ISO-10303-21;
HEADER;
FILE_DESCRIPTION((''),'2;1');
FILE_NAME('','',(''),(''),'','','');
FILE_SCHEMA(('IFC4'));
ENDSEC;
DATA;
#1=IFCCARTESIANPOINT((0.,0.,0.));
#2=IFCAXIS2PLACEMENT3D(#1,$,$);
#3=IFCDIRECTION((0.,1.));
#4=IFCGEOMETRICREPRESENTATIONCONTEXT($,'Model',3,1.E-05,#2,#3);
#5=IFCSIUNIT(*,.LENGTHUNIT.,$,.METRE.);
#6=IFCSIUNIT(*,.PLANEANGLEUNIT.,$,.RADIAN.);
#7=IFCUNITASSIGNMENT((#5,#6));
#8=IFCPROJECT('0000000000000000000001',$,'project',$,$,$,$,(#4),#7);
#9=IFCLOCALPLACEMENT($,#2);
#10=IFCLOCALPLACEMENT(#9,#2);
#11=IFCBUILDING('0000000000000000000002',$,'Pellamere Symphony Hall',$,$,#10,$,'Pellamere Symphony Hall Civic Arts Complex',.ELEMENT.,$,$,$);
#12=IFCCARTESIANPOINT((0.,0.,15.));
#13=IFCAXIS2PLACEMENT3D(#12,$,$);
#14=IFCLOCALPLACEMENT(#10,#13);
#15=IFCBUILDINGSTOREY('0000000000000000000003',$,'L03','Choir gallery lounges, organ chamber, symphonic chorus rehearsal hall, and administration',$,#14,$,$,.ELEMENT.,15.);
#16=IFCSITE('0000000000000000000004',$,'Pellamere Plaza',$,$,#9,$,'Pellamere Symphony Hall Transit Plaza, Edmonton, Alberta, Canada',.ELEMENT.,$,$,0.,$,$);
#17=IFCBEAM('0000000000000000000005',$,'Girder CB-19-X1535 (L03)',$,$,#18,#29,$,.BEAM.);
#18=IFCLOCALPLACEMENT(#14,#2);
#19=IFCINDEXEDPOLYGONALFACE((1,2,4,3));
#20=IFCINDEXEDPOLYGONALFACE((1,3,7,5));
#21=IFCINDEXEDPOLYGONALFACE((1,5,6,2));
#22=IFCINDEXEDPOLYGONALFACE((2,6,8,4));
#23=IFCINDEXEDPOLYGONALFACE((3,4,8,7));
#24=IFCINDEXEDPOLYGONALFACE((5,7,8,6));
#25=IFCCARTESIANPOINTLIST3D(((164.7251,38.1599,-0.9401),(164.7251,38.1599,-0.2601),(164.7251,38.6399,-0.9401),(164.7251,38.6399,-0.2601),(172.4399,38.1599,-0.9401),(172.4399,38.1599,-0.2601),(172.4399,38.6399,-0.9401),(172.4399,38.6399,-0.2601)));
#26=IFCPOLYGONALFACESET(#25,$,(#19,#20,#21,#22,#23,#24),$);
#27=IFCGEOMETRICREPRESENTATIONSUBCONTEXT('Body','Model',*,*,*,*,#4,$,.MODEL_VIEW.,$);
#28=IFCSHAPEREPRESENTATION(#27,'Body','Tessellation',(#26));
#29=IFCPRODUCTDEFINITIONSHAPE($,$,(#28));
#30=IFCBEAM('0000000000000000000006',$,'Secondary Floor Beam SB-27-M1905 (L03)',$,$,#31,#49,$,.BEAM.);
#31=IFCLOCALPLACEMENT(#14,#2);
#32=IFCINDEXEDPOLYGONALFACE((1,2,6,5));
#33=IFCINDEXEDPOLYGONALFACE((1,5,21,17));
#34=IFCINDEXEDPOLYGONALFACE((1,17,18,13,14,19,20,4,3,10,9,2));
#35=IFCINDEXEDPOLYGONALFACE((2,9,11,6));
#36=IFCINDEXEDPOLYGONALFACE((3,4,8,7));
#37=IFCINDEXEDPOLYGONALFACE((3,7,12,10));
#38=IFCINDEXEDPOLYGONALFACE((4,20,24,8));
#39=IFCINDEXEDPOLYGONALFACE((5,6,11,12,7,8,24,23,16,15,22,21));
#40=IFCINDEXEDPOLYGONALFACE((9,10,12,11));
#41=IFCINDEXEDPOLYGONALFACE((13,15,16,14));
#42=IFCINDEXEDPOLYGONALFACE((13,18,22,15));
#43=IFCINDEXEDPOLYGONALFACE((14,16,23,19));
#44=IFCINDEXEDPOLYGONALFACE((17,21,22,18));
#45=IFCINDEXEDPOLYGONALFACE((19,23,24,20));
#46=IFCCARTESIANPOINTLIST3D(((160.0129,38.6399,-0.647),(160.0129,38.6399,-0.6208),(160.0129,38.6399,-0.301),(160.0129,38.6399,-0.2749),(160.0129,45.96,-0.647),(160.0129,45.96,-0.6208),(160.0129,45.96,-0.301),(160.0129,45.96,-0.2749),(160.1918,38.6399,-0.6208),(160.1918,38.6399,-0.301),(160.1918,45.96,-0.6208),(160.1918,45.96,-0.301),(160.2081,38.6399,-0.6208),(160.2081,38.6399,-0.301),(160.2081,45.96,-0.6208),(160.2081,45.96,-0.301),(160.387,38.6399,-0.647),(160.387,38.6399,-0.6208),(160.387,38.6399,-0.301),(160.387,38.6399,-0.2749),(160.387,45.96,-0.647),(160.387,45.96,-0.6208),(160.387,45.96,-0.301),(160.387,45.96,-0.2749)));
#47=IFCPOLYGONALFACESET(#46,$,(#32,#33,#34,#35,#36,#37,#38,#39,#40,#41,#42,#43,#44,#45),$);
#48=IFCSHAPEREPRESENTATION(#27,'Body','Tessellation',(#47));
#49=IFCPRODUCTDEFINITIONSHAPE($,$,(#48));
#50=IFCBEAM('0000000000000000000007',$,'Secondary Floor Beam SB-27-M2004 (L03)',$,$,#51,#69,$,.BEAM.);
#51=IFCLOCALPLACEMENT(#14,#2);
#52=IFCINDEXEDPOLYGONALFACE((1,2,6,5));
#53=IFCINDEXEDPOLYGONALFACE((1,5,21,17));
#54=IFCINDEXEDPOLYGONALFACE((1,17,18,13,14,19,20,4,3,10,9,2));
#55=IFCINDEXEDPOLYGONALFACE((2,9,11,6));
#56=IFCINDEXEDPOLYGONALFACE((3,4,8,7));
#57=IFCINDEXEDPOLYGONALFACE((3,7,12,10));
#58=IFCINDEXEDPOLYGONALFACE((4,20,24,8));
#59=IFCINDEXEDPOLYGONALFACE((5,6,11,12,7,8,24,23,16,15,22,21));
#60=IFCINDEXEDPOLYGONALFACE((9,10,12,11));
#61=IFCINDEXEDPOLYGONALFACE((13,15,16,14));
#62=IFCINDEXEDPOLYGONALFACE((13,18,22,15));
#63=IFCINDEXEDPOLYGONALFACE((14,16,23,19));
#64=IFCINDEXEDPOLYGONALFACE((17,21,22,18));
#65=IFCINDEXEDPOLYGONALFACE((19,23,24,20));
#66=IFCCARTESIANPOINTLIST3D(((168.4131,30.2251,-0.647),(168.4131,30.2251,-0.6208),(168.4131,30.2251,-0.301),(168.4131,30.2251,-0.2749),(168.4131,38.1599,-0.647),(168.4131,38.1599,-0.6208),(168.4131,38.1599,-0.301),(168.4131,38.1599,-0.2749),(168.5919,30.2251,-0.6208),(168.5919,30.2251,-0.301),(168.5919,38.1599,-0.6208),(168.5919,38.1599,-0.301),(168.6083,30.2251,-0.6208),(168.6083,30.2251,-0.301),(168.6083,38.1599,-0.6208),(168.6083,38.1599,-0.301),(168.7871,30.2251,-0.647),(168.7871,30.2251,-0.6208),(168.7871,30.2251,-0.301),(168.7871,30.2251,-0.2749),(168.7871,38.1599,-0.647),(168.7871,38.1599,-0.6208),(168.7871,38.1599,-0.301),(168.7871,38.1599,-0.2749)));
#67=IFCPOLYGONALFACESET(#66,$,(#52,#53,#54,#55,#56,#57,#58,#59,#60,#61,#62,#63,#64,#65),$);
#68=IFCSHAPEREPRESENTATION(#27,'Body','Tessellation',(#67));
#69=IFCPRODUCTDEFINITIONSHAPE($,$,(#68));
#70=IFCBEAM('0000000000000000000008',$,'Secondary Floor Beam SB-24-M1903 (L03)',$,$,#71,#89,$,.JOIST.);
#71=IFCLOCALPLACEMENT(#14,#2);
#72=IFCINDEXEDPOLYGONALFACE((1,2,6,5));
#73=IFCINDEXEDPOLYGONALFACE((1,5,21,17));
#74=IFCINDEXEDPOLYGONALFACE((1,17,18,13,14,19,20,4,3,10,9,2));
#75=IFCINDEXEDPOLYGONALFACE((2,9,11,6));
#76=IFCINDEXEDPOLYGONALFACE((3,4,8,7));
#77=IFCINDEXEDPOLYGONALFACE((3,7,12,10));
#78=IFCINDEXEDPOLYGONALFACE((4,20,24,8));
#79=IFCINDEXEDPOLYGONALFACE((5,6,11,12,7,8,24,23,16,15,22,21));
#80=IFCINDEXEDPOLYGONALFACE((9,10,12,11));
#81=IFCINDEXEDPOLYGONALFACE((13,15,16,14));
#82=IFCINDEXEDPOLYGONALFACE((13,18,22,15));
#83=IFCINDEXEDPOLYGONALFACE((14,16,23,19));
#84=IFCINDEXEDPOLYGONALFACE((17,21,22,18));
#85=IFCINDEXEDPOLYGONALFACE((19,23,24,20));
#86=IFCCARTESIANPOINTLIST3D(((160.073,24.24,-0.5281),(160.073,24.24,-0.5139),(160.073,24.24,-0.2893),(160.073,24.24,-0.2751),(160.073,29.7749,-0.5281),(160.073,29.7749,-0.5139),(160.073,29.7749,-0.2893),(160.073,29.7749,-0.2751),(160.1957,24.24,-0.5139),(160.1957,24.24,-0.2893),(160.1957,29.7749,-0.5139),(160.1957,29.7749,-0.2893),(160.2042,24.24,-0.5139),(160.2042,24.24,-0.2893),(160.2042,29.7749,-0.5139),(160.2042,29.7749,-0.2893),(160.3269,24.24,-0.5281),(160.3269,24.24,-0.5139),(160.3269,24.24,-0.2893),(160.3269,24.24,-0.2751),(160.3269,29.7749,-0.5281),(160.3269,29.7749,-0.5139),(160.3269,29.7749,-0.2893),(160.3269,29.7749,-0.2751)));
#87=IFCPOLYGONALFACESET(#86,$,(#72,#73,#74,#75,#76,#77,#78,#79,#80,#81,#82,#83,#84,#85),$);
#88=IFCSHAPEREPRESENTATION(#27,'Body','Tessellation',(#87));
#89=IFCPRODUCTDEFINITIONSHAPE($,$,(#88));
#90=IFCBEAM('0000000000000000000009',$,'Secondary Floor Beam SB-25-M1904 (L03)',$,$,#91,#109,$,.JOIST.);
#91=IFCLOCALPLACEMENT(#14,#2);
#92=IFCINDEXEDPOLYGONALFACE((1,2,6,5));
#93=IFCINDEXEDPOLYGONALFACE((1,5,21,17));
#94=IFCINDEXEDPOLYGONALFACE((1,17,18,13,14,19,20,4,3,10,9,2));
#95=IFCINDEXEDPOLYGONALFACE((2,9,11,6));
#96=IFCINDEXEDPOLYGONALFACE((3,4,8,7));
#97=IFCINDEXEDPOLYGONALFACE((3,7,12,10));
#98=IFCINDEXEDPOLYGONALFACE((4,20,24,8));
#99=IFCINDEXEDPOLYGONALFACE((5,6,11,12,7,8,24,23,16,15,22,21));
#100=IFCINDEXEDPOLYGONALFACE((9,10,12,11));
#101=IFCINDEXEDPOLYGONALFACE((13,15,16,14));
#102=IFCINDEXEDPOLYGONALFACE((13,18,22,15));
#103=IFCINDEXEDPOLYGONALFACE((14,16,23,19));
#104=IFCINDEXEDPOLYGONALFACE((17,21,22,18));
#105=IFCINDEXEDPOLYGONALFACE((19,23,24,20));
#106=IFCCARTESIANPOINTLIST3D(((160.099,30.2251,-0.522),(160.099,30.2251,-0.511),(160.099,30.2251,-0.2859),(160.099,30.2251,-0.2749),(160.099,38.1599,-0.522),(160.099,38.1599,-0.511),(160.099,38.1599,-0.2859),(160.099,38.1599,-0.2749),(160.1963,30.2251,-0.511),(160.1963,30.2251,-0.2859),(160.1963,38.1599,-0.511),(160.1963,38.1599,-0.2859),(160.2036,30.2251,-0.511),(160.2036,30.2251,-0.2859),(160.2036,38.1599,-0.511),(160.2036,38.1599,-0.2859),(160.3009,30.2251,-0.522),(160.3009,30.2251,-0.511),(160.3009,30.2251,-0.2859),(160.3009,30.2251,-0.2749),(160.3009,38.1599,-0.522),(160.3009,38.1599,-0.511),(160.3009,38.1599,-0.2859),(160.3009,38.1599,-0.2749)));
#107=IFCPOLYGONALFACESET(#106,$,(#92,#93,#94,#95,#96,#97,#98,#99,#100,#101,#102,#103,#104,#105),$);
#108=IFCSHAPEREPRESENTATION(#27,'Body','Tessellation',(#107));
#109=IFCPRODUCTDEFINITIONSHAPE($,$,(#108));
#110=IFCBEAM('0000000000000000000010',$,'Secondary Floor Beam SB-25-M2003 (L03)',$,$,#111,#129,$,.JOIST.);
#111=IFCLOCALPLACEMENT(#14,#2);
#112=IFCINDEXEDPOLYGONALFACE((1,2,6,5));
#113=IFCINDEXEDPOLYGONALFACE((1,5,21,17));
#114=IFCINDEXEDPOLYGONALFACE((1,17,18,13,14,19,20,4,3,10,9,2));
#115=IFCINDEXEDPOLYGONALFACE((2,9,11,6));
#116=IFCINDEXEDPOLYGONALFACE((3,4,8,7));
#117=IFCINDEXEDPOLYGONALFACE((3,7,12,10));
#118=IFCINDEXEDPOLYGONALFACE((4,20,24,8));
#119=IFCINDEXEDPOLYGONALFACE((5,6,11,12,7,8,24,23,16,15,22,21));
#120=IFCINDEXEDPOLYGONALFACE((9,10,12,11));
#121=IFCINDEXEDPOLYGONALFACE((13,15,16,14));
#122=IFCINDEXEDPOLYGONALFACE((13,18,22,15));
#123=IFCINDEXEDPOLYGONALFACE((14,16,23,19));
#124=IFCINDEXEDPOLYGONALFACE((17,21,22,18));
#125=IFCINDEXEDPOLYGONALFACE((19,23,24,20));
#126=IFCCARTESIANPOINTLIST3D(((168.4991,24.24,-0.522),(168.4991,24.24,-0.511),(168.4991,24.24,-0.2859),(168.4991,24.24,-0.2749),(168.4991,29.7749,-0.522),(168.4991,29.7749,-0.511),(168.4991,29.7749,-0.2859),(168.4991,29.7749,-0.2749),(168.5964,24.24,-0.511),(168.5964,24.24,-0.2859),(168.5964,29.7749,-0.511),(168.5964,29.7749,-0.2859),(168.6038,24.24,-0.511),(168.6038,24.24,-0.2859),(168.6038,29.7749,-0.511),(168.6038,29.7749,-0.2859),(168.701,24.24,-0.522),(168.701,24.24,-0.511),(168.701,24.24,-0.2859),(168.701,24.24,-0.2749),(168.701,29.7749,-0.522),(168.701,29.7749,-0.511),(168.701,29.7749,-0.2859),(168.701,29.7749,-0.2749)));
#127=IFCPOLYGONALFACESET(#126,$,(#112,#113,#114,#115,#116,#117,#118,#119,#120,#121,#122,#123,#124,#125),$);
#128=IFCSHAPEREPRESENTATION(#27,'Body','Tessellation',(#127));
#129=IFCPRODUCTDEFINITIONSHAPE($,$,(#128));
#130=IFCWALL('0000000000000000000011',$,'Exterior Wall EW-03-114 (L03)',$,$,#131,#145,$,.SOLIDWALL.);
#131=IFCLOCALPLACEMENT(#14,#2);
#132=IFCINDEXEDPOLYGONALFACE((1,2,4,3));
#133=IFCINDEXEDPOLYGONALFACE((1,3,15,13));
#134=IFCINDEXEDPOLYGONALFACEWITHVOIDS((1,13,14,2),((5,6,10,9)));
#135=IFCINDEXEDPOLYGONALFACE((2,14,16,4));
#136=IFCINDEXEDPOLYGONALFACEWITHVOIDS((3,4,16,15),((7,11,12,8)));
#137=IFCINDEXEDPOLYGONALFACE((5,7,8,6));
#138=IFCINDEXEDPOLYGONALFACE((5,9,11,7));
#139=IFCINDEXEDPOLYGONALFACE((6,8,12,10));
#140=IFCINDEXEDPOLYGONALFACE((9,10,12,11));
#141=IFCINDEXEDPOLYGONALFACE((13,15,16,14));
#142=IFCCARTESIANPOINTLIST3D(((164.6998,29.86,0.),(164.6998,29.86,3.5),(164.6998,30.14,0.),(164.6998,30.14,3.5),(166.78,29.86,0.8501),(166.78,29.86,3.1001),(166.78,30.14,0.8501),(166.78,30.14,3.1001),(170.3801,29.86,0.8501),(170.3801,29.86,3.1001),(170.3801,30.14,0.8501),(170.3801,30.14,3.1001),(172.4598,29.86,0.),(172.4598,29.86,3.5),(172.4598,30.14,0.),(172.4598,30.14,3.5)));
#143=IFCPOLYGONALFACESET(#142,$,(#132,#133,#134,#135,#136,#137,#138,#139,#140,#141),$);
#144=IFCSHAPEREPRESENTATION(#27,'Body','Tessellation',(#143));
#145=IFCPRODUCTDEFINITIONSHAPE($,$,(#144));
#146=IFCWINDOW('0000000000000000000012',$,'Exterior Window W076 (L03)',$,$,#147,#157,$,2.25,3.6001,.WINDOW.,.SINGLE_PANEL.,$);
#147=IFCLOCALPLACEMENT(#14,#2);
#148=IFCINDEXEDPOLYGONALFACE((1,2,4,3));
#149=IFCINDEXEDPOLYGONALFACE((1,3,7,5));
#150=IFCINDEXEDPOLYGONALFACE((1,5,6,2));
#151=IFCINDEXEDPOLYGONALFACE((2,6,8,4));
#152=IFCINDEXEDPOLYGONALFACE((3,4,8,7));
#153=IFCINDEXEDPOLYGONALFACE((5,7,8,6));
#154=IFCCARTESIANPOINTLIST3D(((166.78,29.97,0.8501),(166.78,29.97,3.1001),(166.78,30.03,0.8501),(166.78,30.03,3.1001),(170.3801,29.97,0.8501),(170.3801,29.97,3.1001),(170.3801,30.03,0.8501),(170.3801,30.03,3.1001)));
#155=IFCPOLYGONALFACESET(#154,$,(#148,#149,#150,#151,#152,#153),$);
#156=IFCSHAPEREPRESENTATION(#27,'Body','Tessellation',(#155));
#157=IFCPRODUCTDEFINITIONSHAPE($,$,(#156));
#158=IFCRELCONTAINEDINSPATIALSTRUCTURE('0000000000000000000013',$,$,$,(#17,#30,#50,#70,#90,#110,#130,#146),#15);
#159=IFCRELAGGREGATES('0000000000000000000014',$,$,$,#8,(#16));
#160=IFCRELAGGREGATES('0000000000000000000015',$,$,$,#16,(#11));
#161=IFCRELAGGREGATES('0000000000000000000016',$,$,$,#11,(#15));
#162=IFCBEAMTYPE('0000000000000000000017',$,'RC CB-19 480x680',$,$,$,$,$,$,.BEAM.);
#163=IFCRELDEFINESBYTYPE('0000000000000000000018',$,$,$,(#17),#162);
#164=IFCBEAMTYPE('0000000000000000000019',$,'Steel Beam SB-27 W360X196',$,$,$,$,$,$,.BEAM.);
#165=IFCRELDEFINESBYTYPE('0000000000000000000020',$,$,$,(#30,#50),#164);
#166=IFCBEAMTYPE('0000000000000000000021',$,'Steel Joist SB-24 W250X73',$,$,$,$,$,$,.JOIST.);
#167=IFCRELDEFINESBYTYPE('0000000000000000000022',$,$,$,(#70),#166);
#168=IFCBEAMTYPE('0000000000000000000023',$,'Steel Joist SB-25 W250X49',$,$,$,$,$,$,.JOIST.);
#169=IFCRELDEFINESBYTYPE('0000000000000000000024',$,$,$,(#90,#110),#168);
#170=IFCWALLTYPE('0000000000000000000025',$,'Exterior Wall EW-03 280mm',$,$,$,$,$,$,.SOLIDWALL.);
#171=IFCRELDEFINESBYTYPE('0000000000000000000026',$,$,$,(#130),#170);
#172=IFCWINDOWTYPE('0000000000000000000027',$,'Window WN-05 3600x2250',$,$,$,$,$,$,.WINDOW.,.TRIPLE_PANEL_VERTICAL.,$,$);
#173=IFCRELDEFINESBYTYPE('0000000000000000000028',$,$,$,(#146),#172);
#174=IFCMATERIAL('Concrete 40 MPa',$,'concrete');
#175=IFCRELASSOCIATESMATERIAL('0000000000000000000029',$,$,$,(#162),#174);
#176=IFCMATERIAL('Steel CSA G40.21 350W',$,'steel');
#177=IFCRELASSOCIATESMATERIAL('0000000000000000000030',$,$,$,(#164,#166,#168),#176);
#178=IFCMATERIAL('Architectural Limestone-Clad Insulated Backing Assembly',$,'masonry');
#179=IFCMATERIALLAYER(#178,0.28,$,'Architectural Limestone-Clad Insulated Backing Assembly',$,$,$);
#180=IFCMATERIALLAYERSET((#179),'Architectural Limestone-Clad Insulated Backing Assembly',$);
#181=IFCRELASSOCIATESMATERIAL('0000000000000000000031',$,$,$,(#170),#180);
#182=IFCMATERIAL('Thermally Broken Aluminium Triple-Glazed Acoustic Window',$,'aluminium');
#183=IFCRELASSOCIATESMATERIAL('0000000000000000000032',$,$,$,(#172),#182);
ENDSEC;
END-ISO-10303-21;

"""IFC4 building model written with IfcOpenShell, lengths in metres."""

from ifc_helpers import new_model, si_unit, direction, frame, frame_2d, origin, origin_2d, place, context, subcontext, project, spatial, rectangle, i_section, extrude, material, layer, layer_set, material_profile, profile_set, type_object, element, fill, save


model = new_model("IFC4")

# Units and contexts
model_context = context("Model", 3, precision=1e-05, world=origin(), true_north=direction((0.0, 1.0)))
body_context = subcontext(model_context, "Body", "Model", "MODEL_VIEW")
ifc_project = project(units=[si_unit("LENGTHUNIT", "METRE"), si_unit("PLANEANGLEUNIT", "RADIAN")], contexts=[model_context])

# Site, building, storey
site_placement = place(None, origin())
site = spatial("IfcSite", under=ifc_project, at=site_placement, Name="Pellamere Plaza", LongName="Pellamere Symphony Hall Transit Plaza, Edmonton, Alberta, Canada", CompositionType="ELEMENT", RefElevation=0.0)
building_placement = place(site_placement, origin())
building = spatial("IfcBuilding", under=site, at=building_placement, Name="Pellamere Symphony Hall", LongName="Pellamere Symphony Hall Civic Arts Complex", CompositionType="ELEMENT")
storey_placement = place(building_placement, frame((0.0, 0.0, 15.0)))
storey = spatial("IfcBuildingStorey", under=building, at=storey_placement, Name="L03", Description="Choir gallery lounges, organ chamber, symphonic chorus rehearsal hall, and administration", CompositionType="ELEMENT", Elevation=15.0)

# Shared definitions
ifc_material_1 = material(Name="Concrete 40 MPa", Category="concrete")

# Beams
ifc_material_profile_1 = material_profile(ifc_material_1, rectangle(XDim=0.48, YDim=0.6799, at=origin_2d()), Name="RC 480x680")
ifc_profile_set_1 = profile_set([ifc_material_profile_1], Name="Concrete 40 MPa")
beam_type_1 = type_object("IfcBeamType", Name="RC CB-19 480x680", PredefinedType="BEAM", material=ifc_profile_set_1)
beam_1_placement = place(storey_placement, frame((164.7251, 38.3999, -0.6001), z_axis=(1.0, 0.0, 0.0), x_axis=(0.0, 1.0, 0.0)))
element("IfcBeam", 1, at=beam_1_placement, inside=storey, type_object=beam_type_1, Name="Girder CB-19-X1535 (L03)", PredefinedType="BEAM", context=body_context, shape_type="SweptSolid", body=[
    extrude(rectangle(XDim=0.48, YDim=0.6799, at=origin_2d()), origin(), (0.0, 0.0, 1.0), 7.7148),
])
ifc_material_2 = material(Name="Steel CSA G40.21 350W", Category="steel")
ifc_material_profile_2 = material_profile(ifc_material_2, i_section(OverallWidth=0.374, OverallDepth=0.3721, WebThickness=0.0164, FlangeThickness=0.0261, at=origin_2d()), Name="W360X196")
ifc_profile_set_2 = profile_set([ifc_material_profile_2], Name="Steel CSA G40.21 350W")
beam_type_2 = type_object("IfcBeamType", Name="Steel Beam SB-27 W360X196", PredefinedType="BEAM", material=ifc_profile_set_2)
beam_2_placement = place(storey_placement, frame((160.2, 38.6399, -0.4609), z_axis=(0.0, 1.0, 0.0), x_axis=(-1.0, 0.0, 0.0)))
element("IfcBeam", 2, at=beam_2_placement, inside=storey, type_object=beam_type_2, Name="Secondary Floor Beam SB-27-M1905 (L03)", PredefinedType="BEAM", context=body_context, shape_type="SweptSolid", body=[
    extrude(i_section(OverallWidth=0.374, OverallDepth=0.3721, WebThickness=0.0164, FlangeThickness=0.0261, at=origin_2d()), origin(), (0.0, 0.0, 1.0), 7.3201),
])
beam_3_placement = place(storey_placement, frame((168.6001, 30.2251, -0.4609), z_axis=(0.0, 1.0, 0.0), x_axis=(-1.0, 0.0, 0.0)))
element("IfcBeam", 3, at=beam_3_placement, inside=storey, type_object=beam_type_2, Name="Secondary Floor Beam SB-27-M2004 (L03)", PredefinedType="BEAM", context=body_context, shape_type="SweptSolid", body=[
    extrude(i_section(OverallWidth=0.374, OverallDepth=0.3721, WebThickness=0.0164, FlangeThickness=0.0261, at=origin_2d()), origin(), (0.0, 0.0, 1.0), 7.9348),
])
ifc_material_profile_3 = material_profile(ifc_material_2, i_section(OverallWidth=0.2539, OverallDepth=0.2529, WebThickness=0.0085, FlangeThickness=0.0142, at=origin_2d()), Name="W250X73")
ifc_profile_set_3 = profile_set([ifc_material_profile_3], Name="Steel CSA G40.21 350W")
beam_type_3 = type_object("IfcBeamType", Name="Steel Joist SB-24 W250X73", PredefinedType="JOIST", material=ifc_profile_set_3)
beam_4_placement = place(storey_placement, frame((160.2, 24.24, -0.4016), z_axis=(0.0, 1.0, 0.0), x_axis=(-1.0, 0.0, 0.0)))
element("IfcBeam", 4, at=beam_4_placement, inside=storey, type_object=beam_type_3, Name="Secondary Floor Beam SB-24-M1903 (L03)", PredefinedType="JOIST", context=body_context, shape_type="SweptSolid", body=[
    extrude(i_section(OverallWidth=0.2539, OverallDepth=0.2529, WebThickness=0.0085, FlangeThickness=0.0142, at=origin_2d()), origin(), (0.0, 0.0, 1.0), 5.5349),
])
ifc_material_profile_4 = material_profile(ifc_material_2, i_section(OverallWidth=0.2019, OverallDepth=0.2471, WebThickness=0.0073, FlangeThickness=0.011, at=origin_2d()), Name="W250X49")
ifc_profile_set_4 = profile_set([ifc_material_profile_4], Name="Steel CSA G40.21 350W")
beam_type_4 = type_object("IfcBeamType", Name="Steel Joist SB-25 W250X49", PredefinedType="JOIST", material=ifc_profile_set_4)
beam_5_placement = place(storey_placement, frame((160.2, 30.2251, -0.3984), z_axis=(0.0, 1.0, 0.0), x_axis=(-1.0, 0.0, 0.0)))
element("IfcBeam", 5, at=beam_5_placement, inside=storey, type_object=beam_type_4, Name="Secondary Floor Beam SB-25-M1904 (L03)", PredefinedType="JOIST", context=body_context, shape_type="SweptSolid", body=[
    extrude(i_section(OverallWidth=0.2019, OverallDepth=0.2471, WebThickness=0.0073, FlangeThickness=0.011, at=origin_2d()), origin(), (0.0, 0.0, 1.0), 7.9348),
])
beam_6_placement = place(storey_placement, frame((168.6001, 24.24, -0.3984), z_axis=(0.0, 1.0, 0.0), x_axis=(-1.0, 0.0, 0.0)))
element("IfcBeam", 6, at=beam_6_placement, inside=storey, type_object=beam_type_4, Name="Secondary Floor Beam SB-25-M2003 (L03)", PredefinedType="JOIST", context=body_context, shape_type="SweptSolid", body=[
    extrude(i_section(OverallWidth=0.2019, OverallDepth=0.2471, WebThickness=0.0073, FlangeThickness=0.011, at=origin_2d()), origin(), (0.0, 0.0, 1.0), 5.5349),
])

# Wall, opening, window
ifc_material_3 = material(Name="Architectural Limestone-Clad Insulated Backing Assembly", Category="masonry")
ifc_layer_1 = layer(ifc_material_3, 0.28, Name="Architectural Limestone-Clad Insulated Backing Assembly")
ifc_layer_set_1 = layer_set([ifc_layer_1], Name="Architectural Limestone-Clad Insulated Backing Assembly")
wall_type_1 = type_object("IfcWallType", Name="Exterior Wall EW-03 280mm", PredefinedType="SOLIDWALL", material=ifc_layer_set_1)
wall_1_placement = place(storey_placement, frame((164.7, 30.0, 0.0), z_axis=(0.0, 0.0, 1.0), x_axis=(1.0, 0.0, 0.0)))
wall_1 = element("IfcWall", 7, at=wall_1_placement, inside=storey, type_object=wall_type_1, Name="Exterior Wall EW-03-114 (L03)", PredefinedType="SOLIDWALL", context=body_context, shape_type="SweptSolid", body=[
    extrude(rectangle(XDim=7.76, YDim=0.28, at=frame_2d((3.8799, 0.0))), origin(), (0.0, 0.0, 1.0), 3.5),
])
opening_1_placement = place(wall_1_placement, frame((2.0801, 0.0, 0.8501)))
opening_1 = element("IfcOpeningElement", 8, at=opening_1_placement, cuts=wall_1, PredefinedType="OPENING", context=body_context, shape_type="SweptSolid", body=[
    extrude(rectangle(XDim=3.6001, YDim=2.25, at=frame_2d((1.8, 1.125))), frame((0.0, 0.1499, 0.0), z_axis=(0.0, -1.0, 0.0), x_axis=(1.0, 0.0, 0.0)), (0.0, 0.0, 1.0), 0.3),
])
ifc_material_4 = material(Name="Thermally Broken Aluminium Triple-Glazed Acoustic Window", Category="aluminium")
window_type_1 = type_object("IfcWindowType", Name="Window WN-05 3600x2250", PartitioningType="TRIPLE_PANEL_VERTICAL", PredefinedType="WINDOW", material=ifc_material_4)
window_1_placement = place(opening_1_placement, origin())
window_1 = element("IfcWindow", 9, at=window_1_placement, inside=storey, type_object=window_type_1, Name="Exterior Window W076 (L03)", OverallHeight=2.25, OverallWidth=3.6001, PartitioningType="SINGLE_PANEL", PredefinedType="WINDOW", context=body_context, shape_type="SweptSolid", body=[
    extrude(rectangle(XDim=3.6001, YDim=2.25, at=frame_2d((1.8, 1.125))), frame((0.0, 0.03, 0.0), z_axis=(0.0, -1.0, 0.0), x_axis=(1.0, 0.0, 0.0)), (0.0, 0.0, 1.0), 0.0601),
])
fill(opening_1, window_1)

save(model, "model.ifc")
